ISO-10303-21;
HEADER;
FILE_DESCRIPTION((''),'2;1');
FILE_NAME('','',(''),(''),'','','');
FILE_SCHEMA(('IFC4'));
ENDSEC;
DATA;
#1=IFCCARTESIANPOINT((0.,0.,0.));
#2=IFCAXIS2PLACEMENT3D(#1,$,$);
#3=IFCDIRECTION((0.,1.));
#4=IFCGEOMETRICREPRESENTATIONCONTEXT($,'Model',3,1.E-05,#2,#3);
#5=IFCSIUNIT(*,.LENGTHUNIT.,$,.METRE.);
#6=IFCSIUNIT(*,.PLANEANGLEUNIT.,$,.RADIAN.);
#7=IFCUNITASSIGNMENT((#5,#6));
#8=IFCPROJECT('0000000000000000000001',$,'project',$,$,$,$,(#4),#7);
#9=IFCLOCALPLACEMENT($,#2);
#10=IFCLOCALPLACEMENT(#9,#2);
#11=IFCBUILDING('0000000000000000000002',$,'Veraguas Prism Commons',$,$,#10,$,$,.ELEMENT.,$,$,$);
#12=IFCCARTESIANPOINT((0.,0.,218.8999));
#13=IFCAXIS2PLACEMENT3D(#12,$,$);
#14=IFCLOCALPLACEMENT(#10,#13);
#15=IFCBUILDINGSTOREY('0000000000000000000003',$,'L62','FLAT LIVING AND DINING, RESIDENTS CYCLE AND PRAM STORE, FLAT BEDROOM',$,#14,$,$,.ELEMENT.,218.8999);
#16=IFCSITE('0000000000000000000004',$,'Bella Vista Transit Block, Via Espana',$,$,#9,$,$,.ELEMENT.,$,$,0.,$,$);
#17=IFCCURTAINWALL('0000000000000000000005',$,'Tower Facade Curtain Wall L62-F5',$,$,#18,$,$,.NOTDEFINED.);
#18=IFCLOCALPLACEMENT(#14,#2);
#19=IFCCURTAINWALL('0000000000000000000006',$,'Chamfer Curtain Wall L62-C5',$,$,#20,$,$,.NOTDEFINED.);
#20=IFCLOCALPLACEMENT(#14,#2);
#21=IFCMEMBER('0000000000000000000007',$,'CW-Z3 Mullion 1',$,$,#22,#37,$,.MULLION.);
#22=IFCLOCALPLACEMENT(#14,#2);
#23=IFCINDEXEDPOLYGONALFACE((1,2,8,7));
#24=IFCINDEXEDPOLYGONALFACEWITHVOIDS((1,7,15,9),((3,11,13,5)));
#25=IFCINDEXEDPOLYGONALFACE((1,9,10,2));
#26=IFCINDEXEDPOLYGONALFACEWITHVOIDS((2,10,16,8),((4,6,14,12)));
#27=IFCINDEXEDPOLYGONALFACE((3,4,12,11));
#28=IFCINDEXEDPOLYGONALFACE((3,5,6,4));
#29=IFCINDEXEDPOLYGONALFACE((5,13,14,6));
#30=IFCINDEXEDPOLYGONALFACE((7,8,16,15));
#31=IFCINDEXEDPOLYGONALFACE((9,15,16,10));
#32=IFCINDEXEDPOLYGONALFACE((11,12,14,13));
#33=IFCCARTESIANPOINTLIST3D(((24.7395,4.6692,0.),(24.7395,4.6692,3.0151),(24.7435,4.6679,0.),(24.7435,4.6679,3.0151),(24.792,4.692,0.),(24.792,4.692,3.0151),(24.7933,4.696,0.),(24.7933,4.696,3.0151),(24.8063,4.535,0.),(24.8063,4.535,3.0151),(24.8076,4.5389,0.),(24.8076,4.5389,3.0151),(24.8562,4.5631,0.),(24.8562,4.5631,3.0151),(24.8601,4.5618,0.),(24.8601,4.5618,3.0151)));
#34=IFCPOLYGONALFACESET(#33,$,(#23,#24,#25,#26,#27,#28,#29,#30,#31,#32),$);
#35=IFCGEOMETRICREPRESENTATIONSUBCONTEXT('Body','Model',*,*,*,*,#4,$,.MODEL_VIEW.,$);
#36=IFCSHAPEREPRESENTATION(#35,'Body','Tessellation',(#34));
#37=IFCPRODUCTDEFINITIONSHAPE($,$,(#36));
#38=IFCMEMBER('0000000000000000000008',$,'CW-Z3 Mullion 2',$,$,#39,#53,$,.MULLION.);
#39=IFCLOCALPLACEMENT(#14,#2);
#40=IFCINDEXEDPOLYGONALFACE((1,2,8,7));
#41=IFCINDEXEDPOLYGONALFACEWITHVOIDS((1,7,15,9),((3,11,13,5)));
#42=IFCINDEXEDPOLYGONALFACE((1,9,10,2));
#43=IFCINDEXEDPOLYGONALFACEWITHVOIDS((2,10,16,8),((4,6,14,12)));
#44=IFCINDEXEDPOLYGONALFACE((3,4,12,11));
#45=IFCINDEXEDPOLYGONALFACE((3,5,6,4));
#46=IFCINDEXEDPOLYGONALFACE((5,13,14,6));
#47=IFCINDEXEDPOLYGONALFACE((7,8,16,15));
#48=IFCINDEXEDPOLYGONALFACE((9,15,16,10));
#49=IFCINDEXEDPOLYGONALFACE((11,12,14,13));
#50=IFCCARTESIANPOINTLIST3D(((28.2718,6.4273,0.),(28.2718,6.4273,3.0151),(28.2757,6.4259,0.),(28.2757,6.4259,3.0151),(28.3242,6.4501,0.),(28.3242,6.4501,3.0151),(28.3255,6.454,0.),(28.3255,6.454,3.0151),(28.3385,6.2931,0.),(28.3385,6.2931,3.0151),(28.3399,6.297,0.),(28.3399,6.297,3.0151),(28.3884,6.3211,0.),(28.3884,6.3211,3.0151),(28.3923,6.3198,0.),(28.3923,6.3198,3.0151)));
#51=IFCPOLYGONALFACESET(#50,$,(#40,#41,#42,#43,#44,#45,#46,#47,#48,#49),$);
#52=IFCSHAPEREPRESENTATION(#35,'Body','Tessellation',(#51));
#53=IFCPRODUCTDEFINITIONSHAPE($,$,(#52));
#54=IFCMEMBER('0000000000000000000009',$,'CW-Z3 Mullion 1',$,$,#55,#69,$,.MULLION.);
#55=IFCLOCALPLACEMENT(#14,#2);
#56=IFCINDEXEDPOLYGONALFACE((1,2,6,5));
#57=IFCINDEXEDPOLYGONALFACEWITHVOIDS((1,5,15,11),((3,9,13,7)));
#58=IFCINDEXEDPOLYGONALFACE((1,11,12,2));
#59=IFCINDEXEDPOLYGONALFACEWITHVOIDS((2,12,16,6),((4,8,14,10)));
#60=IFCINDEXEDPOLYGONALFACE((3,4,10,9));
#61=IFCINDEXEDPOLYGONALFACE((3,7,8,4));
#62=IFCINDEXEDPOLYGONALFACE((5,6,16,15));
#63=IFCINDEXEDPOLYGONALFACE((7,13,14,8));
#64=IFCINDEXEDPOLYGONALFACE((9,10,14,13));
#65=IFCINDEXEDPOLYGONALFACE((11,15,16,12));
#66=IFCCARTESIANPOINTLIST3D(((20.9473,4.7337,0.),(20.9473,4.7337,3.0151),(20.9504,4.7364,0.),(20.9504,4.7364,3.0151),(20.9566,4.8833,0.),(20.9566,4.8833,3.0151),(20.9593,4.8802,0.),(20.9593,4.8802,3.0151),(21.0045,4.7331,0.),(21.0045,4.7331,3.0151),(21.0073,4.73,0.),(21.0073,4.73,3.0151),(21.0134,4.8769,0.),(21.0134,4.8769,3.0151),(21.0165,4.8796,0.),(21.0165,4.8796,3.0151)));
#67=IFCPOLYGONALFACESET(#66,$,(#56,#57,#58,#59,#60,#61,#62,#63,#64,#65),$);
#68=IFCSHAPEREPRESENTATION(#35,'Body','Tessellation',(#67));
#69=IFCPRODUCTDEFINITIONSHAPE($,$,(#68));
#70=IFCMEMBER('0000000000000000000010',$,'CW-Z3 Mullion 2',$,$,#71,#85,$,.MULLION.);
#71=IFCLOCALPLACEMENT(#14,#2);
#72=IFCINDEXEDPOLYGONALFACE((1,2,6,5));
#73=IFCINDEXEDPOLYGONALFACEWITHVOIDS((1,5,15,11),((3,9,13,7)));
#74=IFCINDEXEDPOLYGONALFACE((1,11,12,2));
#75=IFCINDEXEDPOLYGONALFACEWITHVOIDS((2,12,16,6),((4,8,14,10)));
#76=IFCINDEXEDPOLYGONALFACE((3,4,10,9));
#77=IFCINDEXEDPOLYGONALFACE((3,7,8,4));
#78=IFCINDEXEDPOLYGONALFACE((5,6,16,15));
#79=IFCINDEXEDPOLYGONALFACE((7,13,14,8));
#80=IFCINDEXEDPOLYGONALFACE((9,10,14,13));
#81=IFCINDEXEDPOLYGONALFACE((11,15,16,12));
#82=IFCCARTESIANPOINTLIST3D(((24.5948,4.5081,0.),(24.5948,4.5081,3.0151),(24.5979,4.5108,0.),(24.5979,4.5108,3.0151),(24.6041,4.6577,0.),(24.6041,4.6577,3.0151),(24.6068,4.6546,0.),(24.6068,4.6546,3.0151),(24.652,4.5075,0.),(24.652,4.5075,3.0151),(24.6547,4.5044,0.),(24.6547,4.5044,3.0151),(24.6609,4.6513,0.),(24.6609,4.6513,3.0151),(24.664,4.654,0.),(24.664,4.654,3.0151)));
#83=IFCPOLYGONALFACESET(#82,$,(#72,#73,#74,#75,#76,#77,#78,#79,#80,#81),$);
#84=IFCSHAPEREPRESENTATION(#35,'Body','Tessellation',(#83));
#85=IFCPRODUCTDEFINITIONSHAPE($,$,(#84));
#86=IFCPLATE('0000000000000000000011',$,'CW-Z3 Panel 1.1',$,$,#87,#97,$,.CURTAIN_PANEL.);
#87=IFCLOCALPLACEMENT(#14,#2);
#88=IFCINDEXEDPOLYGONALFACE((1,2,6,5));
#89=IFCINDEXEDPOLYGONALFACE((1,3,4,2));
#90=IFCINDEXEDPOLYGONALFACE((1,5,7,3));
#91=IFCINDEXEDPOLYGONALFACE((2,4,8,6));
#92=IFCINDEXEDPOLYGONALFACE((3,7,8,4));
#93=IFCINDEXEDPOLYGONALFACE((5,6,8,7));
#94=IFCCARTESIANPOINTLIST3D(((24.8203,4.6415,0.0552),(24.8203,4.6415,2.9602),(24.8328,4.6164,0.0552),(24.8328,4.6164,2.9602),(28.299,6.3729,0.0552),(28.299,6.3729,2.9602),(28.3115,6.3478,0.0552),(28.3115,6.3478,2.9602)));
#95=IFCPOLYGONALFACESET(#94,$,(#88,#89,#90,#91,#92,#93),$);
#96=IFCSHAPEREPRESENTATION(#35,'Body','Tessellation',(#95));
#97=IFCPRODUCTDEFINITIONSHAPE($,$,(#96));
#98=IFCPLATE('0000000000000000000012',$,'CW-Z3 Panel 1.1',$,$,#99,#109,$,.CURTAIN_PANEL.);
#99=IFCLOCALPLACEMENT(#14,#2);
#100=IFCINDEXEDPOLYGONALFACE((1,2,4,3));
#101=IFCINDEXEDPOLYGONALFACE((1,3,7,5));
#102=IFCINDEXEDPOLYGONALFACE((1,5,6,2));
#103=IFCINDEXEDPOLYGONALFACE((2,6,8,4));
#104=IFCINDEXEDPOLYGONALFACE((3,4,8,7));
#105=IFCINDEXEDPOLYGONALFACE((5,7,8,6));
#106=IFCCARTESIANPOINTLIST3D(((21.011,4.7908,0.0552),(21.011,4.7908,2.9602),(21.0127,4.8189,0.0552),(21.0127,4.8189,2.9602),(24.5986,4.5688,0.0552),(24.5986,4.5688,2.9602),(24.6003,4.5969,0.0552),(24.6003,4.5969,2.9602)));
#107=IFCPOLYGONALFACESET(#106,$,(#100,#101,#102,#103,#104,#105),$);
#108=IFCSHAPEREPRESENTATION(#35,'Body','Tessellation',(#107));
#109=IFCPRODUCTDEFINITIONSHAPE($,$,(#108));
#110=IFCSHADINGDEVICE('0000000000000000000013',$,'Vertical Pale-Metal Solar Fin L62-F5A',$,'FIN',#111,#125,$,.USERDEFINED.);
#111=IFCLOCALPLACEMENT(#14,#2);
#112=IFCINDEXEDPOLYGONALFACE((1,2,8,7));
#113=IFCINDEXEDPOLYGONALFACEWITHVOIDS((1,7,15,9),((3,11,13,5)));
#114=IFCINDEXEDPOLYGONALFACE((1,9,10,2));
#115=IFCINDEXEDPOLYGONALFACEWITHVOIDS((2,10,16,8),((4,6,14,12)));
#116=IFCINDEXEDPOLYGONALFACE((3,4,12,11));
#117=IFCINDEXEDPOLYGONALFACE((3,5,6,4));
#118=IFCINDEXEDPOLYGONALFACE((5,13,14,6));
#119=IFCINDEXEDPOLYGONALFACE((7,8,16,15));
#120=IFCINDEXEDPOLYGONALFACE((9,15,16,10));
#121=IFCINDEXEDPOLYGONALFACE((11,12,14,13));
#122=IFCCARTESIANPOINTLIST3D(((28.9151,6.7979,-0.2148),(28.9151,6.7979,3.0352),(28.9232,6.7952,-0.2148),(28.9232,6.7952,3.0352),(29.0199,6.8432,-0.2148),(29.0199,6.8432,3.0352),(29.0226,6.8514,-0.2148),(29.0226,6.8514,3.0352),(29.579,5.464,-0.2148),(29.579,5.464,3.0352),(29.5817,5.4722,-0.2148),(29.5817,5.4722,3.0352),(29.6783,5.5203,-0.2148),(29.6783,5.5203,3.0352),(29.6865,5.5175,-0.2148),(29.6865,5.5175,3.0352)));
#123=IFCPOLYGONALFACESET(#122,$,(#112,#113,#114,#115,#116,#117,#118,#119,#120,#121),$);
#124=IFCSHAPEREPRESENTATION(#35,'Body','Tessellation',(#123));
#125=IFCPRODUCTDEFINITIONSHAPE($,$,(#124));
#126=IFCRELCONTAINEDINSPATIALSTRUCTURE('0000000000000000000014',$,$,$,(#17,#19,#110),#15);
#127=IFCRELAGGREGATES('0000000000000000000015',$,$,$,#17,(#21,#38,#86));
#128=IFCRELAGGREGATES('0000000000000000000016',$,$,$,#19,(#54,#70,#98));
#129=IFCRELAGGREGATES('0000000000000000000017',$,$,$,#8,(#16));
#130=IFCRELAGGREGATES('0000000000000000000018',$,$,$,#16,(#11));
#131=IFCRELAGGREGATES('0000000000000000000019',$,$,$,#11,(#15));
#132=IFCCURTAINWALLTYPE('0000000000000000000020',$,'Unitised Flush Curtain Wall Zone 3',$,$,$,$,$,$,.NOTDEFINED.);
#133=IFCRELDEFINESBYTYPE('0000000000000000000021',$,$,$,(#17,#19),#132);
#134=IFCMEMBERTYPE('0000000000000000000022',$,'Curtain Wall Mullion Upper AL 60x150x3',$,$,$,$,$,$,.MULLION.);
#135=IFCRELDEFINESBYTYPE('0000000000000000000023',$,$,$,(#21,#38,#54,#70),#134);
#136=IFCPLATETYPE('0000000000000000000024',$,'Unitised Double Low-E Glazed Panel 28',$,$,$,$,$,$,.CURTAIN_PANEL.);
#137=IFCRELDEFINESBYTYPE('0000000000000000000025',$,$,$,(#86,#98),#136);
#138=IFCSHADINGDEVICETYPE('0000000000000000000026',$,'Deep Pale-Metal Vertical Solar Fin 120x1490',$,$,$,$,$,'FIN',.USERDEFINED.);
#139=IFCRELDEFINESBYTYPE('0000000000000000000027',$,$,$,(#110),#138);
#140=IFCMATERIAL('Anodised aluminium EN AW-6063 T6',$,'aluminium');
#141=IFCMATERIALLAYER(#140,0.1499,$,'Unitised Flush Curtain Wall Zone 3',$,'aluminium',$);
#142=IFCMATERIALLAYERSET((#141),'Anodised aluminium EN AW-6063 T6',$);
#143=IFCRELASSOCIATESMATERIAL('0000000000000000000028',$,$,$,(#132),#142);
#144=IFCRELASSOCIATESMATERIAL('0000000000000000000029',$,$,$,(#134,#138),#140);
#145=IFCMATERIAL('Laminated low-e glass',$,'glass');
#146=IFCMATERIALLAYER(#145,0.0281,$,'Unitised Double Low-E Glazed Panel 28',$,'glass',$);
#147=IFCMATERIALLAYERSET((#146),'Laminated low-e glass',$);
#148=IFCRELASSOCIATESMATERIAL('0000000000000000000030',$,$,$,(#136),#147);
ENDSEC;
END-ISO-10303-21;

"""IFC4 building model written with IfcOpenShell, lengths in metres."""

from ifc_helpers import new_model, si_unit, direction, frame, origin, origin_2d, place, context, subcontext, project, spatial, rectangle, hollow_rectangle, extrude, source, transform, mapped, material, layer, layer_set, material_profile, profile_set, type_object, element, aggregate, save


model = new_model("IFC4")

# Units and contexts
model_context = context("Model", 3, precision=1e-05, world=origin(), true_north=direction((0.0, 1.0)))
body_context = subcontext(model_context, "Body", "Model", "MODEL_VIEW")
ifc_project = project(units=[si_unit("LENGTHUNIT", "METRE"), si_unit("PLANEANGLEUNIT", "RADIAN")], contexts=[model_context])

# Site, building, storey
site_placement = place(None, origin())
site = spatial("IfcSite", under=ifc_project, at=site_placement, Name="Bella Vista Transit Block, Via Espana", CompositionType="ELEMENT", RefElevation=0.0)
building_placement = place(site_placement, origin())
building = spatial("IfcBuilding", under=site, at=building_placement, Name="Veraguas Prism Commons", CompositionType="ELEMENT")
storey_placement = place(building_placement, frame((0.0, 0.0, 218.8999)))
storey = spatial("IfcBuildingStorey", under=building, at=storey_placement, Name="L62", Description="FLAT LIVING AND DINING, RESIDENTS CYCLE AND PRAM STORE, FLAT BEDROOM", CompositionType="ELEMENT", Elevation=218.8999)

# Curtain walls
ifc_material_1 = material(Name="Anodised aluminium EN AW-6063 T6", Category="aluminium")
ifc_layer_1 = layer(ifc_material_1, 0.1499, Name="Unitised Flush Curtain Wall Zone 3", Category="aluminium")
ifc_layer_set_1 = layer_set([ifc_layer_1], Name="Anodised aluminium EN AW-6063 T6")
curtain_wall_type = type_object("IfcCurtainWallType", Name="Unitised Flush Curtain Wall Zone 3", PredefinedType="NOTDEFINED", material=ifc_layer_set_1)
curtain_wall_1_placement = place(storey_placement, origin())
curtain_wall_1 = element("IfcCurtainWall", 1, at=curtain_wall_1_placement, inside=storey, type_object=curtain_wall_type, Name="Tower Facade Curtain Wall L62-F5", PredefinedType="NOTDEFINED")
curtain_wall_2_placement = place(storey_placement, origin())
curtain_wall_2 = element("IfcCurtainWall", 2, at=curtain_wall_2_placement, inside=storey, type_object=curtain_wall_type, Name="Chamfer Curtain Wall L62-C5", PredefinedType="NOTDEFINED")

# Members
ifc_material_profile_1 = material_profile(ifc_material_1, hollow_rectangle(XDim=0.0601, YDim=0.1499, WallThickness=0.0029, at=origin_2d()), Name="AL60X150X3")
ifc_profile_set_1 = profile_set([ifc_material_profile_1], Name="Anodised aluminium EN AW-6063 T6")
member_type_1 = type_object("IfcMemberType", Name="Curtain Wall Mullion Upper AL 60x150x3", PredefinedType="MULLION", material=ifc_profile_set_1)
shared_shape_1 = source(origin(), body_context, "Body", "SweptSolid", [
    extrude(hollow_rectangle(XDim=0.0601, YDim=0.1499, WallThickness=0.0029, at=origin_2d()), origin(), (0.0, 0.0, 1.0), 3.0151),
])
member_1_placement = place(storey_placement, frame((24.7998, 4.6155, 0.0), z_axis=(0.0, 0.0, 1.0), x_axis=(0.895243, 0.445578, 0.0)))
member_1 = element("IfcMember", 3, at=member_1_placement, type_object=member_type_1, Name="CW-Z3 Mullion 1", PredefinedType="MULLION", context=body_context, shape_type="MappedRepresentation", body=[
    mapped(shared_shape_1, transform((0.0, 0.0, 0.0), scale=1.0)),
])
member_2_placement = place(storey_placement, frame((28.332, 6.3735, 0.0), z_axis=(0.0, 0.0, 1.0), x_axis=(0.895243, 0.445578, 0.0)))
member_2 = element("IfcMember", 4, at=member_2_placement, type_object=member_type_1, Name="CW-Z3 Mullion 2", PredefinedType="MULLION", context=body_context, shape_type="MappedRepresentation", body=[
    mapped(shared_shape_1, transform((0.0, 0.0, 0.0), scale=1.0)),
])
member_3_placement = place(storey_placement, frame((20.9819, 4.8066, 0.0), z_axis=(0.0, 0.0, 1.0), x_axis=(0.998091, -0.061759, 0.0)))
member_3 = element("IfcMember", 5, at=member_3_placement, type_object=member_type_1, Name="CW-Z3 Mullion 1", PredefinedType="MULLION", context=body_context, shape_type="MappedRepresentation", body=[
    mapped(shared_shape_1, transform((0.0, 0.0, 0.0), scale=1.0)),
])
member_4_placement = place(storey_placement, frame((24.6294, 4.5811, 0.0), z_axis=(0.0, 0.0, 1.0), x_axis=(0.998091, -0.061759, 0.0)))
member_4 = element("IfcMember", 6, at=member_4_placement, type_object=member_type_1, Name="CW-Z3 Mullion 2", PredefinedType="MULLION", context=body_context, shape_type="MappedRepresentation", body=[
    mapped(shared_shape_1, transform((0.0, 0.0, 0.0), scale=1.0)),
])

# Plates
ifc_material_2 = material(Name="Laminated low-e glass", Category="glass")
ifc_layer_2 = layer(ifc_material_2, 0.0281, Name="Unitised Double Low-E Glazed Panel 28", Category="glass")
ifc_layer_set_2 = layer_set([ifc_layer_2], Name="Laminated low-e glass")
plate_type = type_object("IfcPlateType", Name="Unitised Double Low-E Glazed Panel 28", PredefinedType="CURTAIN_PANEL", material=ifc_layer_set_2)
shared_shape_2 = source(origin(), body_context, "Body", "SweptSolid", [
    extrude(rectangle(XDim=3.8857, YDim=0.0281, at=origin_2d()), origin(), (0.0, 0.0, 1.0), 2.905),
])
plate_1_placement = place(storey_placement, frame((26.5659, 5.4946, 0.0552), z_axis=(0.0, 0.0, 1.0), x_axis=(0.895243, 0.445578, 0.0)))
plate_1 = element("IfcPlate", 7, at=plate_1_placement, type_object=plate_type, Name="CW-Z3 Panel 1.1", PredefinedType="CURTAIN_PANEL", context=body_context, shape_type="MappedRepresentation", body=[
    mapped(shared_shape_2, transform((0.0, 0.0, 0.0), scale=1.0)),
])
aggregate(curtain_wall_1, [member_1, member_2, plate_1])
shared_shape_3 = source(origin(), body_context, "Body", "SweptSolid", [
    extrude(rectangle(XDim=3.5945, YDim=0.0281, at=origin_2d()), origin(), (0.0, 0.0, 1.0), 2.905),
])
plate_2_placement = place(storey_placement, frame((22.8057, 4.6938, 0.0552), z_axis=(0.0, 0.0, 1.0), x_axis=(0.998091, -0.061759, 0.0)))
plate_2 = element("IfcPlate", 8, at=plate_2_placement, type_object=plate_type, Name="CW-Z3 Panel 1.1", PredefinedType="CURTAIN_PANEL", context=body_context, shape_type="MappedRepresentation", body=[
    mapped(shared_shape_3, transform((0.0, 0.0, 0.0), scale=1.0)),
])
aggregate(curtain_wall_2, [member_3, member_4, plate_2])

# Shading device
ifc_material_profile_2 = material_profile(ifc_material_1, hollow_rectangle(XDim=0.1201, YDim=1.49, WallThickness=0.0061, at=origin_2d()), Name="FIN120X1490X6")
ifc_profile_set_2 = profile_set([ifc_material_profile_2], Name="Anodised aluminium EN AW-6063 T6")
shading_device_type = type_object("IfcShadingDeviceType", Name="Deep Pale-Metal Vertical Solar Fin 120x1490", ElementType="FIN", PredefinedType="USERDEFINED", material=ifc_profile_set_2)
shading_device_placement = place(storey_placement, frame((29.3008, 6.1577, -0.2148), z_axis=(0.0, 0.0, 1.0), x_axis=(0.895245, 0.445574, 0.0)))
element("IfcShadingDevice", 9, at=shading_device_placement, inside=storey, type_object=shading_device_type, Name="Vertical Pale-Metal Solar Fin L62-F5A", ObjectType="FIN", PredefinedType="USERDEFINED", context=body_context, shape_type="SweptSolid", body=[
    extrude(hollow_rectangle(XDim=0.1201, YDim=1.49, WallThickness=0.0061, at=origin_2d()), origin(), (0.0, 0.0, 1.0), 3.25),
])

save(model, "model.ifc")
